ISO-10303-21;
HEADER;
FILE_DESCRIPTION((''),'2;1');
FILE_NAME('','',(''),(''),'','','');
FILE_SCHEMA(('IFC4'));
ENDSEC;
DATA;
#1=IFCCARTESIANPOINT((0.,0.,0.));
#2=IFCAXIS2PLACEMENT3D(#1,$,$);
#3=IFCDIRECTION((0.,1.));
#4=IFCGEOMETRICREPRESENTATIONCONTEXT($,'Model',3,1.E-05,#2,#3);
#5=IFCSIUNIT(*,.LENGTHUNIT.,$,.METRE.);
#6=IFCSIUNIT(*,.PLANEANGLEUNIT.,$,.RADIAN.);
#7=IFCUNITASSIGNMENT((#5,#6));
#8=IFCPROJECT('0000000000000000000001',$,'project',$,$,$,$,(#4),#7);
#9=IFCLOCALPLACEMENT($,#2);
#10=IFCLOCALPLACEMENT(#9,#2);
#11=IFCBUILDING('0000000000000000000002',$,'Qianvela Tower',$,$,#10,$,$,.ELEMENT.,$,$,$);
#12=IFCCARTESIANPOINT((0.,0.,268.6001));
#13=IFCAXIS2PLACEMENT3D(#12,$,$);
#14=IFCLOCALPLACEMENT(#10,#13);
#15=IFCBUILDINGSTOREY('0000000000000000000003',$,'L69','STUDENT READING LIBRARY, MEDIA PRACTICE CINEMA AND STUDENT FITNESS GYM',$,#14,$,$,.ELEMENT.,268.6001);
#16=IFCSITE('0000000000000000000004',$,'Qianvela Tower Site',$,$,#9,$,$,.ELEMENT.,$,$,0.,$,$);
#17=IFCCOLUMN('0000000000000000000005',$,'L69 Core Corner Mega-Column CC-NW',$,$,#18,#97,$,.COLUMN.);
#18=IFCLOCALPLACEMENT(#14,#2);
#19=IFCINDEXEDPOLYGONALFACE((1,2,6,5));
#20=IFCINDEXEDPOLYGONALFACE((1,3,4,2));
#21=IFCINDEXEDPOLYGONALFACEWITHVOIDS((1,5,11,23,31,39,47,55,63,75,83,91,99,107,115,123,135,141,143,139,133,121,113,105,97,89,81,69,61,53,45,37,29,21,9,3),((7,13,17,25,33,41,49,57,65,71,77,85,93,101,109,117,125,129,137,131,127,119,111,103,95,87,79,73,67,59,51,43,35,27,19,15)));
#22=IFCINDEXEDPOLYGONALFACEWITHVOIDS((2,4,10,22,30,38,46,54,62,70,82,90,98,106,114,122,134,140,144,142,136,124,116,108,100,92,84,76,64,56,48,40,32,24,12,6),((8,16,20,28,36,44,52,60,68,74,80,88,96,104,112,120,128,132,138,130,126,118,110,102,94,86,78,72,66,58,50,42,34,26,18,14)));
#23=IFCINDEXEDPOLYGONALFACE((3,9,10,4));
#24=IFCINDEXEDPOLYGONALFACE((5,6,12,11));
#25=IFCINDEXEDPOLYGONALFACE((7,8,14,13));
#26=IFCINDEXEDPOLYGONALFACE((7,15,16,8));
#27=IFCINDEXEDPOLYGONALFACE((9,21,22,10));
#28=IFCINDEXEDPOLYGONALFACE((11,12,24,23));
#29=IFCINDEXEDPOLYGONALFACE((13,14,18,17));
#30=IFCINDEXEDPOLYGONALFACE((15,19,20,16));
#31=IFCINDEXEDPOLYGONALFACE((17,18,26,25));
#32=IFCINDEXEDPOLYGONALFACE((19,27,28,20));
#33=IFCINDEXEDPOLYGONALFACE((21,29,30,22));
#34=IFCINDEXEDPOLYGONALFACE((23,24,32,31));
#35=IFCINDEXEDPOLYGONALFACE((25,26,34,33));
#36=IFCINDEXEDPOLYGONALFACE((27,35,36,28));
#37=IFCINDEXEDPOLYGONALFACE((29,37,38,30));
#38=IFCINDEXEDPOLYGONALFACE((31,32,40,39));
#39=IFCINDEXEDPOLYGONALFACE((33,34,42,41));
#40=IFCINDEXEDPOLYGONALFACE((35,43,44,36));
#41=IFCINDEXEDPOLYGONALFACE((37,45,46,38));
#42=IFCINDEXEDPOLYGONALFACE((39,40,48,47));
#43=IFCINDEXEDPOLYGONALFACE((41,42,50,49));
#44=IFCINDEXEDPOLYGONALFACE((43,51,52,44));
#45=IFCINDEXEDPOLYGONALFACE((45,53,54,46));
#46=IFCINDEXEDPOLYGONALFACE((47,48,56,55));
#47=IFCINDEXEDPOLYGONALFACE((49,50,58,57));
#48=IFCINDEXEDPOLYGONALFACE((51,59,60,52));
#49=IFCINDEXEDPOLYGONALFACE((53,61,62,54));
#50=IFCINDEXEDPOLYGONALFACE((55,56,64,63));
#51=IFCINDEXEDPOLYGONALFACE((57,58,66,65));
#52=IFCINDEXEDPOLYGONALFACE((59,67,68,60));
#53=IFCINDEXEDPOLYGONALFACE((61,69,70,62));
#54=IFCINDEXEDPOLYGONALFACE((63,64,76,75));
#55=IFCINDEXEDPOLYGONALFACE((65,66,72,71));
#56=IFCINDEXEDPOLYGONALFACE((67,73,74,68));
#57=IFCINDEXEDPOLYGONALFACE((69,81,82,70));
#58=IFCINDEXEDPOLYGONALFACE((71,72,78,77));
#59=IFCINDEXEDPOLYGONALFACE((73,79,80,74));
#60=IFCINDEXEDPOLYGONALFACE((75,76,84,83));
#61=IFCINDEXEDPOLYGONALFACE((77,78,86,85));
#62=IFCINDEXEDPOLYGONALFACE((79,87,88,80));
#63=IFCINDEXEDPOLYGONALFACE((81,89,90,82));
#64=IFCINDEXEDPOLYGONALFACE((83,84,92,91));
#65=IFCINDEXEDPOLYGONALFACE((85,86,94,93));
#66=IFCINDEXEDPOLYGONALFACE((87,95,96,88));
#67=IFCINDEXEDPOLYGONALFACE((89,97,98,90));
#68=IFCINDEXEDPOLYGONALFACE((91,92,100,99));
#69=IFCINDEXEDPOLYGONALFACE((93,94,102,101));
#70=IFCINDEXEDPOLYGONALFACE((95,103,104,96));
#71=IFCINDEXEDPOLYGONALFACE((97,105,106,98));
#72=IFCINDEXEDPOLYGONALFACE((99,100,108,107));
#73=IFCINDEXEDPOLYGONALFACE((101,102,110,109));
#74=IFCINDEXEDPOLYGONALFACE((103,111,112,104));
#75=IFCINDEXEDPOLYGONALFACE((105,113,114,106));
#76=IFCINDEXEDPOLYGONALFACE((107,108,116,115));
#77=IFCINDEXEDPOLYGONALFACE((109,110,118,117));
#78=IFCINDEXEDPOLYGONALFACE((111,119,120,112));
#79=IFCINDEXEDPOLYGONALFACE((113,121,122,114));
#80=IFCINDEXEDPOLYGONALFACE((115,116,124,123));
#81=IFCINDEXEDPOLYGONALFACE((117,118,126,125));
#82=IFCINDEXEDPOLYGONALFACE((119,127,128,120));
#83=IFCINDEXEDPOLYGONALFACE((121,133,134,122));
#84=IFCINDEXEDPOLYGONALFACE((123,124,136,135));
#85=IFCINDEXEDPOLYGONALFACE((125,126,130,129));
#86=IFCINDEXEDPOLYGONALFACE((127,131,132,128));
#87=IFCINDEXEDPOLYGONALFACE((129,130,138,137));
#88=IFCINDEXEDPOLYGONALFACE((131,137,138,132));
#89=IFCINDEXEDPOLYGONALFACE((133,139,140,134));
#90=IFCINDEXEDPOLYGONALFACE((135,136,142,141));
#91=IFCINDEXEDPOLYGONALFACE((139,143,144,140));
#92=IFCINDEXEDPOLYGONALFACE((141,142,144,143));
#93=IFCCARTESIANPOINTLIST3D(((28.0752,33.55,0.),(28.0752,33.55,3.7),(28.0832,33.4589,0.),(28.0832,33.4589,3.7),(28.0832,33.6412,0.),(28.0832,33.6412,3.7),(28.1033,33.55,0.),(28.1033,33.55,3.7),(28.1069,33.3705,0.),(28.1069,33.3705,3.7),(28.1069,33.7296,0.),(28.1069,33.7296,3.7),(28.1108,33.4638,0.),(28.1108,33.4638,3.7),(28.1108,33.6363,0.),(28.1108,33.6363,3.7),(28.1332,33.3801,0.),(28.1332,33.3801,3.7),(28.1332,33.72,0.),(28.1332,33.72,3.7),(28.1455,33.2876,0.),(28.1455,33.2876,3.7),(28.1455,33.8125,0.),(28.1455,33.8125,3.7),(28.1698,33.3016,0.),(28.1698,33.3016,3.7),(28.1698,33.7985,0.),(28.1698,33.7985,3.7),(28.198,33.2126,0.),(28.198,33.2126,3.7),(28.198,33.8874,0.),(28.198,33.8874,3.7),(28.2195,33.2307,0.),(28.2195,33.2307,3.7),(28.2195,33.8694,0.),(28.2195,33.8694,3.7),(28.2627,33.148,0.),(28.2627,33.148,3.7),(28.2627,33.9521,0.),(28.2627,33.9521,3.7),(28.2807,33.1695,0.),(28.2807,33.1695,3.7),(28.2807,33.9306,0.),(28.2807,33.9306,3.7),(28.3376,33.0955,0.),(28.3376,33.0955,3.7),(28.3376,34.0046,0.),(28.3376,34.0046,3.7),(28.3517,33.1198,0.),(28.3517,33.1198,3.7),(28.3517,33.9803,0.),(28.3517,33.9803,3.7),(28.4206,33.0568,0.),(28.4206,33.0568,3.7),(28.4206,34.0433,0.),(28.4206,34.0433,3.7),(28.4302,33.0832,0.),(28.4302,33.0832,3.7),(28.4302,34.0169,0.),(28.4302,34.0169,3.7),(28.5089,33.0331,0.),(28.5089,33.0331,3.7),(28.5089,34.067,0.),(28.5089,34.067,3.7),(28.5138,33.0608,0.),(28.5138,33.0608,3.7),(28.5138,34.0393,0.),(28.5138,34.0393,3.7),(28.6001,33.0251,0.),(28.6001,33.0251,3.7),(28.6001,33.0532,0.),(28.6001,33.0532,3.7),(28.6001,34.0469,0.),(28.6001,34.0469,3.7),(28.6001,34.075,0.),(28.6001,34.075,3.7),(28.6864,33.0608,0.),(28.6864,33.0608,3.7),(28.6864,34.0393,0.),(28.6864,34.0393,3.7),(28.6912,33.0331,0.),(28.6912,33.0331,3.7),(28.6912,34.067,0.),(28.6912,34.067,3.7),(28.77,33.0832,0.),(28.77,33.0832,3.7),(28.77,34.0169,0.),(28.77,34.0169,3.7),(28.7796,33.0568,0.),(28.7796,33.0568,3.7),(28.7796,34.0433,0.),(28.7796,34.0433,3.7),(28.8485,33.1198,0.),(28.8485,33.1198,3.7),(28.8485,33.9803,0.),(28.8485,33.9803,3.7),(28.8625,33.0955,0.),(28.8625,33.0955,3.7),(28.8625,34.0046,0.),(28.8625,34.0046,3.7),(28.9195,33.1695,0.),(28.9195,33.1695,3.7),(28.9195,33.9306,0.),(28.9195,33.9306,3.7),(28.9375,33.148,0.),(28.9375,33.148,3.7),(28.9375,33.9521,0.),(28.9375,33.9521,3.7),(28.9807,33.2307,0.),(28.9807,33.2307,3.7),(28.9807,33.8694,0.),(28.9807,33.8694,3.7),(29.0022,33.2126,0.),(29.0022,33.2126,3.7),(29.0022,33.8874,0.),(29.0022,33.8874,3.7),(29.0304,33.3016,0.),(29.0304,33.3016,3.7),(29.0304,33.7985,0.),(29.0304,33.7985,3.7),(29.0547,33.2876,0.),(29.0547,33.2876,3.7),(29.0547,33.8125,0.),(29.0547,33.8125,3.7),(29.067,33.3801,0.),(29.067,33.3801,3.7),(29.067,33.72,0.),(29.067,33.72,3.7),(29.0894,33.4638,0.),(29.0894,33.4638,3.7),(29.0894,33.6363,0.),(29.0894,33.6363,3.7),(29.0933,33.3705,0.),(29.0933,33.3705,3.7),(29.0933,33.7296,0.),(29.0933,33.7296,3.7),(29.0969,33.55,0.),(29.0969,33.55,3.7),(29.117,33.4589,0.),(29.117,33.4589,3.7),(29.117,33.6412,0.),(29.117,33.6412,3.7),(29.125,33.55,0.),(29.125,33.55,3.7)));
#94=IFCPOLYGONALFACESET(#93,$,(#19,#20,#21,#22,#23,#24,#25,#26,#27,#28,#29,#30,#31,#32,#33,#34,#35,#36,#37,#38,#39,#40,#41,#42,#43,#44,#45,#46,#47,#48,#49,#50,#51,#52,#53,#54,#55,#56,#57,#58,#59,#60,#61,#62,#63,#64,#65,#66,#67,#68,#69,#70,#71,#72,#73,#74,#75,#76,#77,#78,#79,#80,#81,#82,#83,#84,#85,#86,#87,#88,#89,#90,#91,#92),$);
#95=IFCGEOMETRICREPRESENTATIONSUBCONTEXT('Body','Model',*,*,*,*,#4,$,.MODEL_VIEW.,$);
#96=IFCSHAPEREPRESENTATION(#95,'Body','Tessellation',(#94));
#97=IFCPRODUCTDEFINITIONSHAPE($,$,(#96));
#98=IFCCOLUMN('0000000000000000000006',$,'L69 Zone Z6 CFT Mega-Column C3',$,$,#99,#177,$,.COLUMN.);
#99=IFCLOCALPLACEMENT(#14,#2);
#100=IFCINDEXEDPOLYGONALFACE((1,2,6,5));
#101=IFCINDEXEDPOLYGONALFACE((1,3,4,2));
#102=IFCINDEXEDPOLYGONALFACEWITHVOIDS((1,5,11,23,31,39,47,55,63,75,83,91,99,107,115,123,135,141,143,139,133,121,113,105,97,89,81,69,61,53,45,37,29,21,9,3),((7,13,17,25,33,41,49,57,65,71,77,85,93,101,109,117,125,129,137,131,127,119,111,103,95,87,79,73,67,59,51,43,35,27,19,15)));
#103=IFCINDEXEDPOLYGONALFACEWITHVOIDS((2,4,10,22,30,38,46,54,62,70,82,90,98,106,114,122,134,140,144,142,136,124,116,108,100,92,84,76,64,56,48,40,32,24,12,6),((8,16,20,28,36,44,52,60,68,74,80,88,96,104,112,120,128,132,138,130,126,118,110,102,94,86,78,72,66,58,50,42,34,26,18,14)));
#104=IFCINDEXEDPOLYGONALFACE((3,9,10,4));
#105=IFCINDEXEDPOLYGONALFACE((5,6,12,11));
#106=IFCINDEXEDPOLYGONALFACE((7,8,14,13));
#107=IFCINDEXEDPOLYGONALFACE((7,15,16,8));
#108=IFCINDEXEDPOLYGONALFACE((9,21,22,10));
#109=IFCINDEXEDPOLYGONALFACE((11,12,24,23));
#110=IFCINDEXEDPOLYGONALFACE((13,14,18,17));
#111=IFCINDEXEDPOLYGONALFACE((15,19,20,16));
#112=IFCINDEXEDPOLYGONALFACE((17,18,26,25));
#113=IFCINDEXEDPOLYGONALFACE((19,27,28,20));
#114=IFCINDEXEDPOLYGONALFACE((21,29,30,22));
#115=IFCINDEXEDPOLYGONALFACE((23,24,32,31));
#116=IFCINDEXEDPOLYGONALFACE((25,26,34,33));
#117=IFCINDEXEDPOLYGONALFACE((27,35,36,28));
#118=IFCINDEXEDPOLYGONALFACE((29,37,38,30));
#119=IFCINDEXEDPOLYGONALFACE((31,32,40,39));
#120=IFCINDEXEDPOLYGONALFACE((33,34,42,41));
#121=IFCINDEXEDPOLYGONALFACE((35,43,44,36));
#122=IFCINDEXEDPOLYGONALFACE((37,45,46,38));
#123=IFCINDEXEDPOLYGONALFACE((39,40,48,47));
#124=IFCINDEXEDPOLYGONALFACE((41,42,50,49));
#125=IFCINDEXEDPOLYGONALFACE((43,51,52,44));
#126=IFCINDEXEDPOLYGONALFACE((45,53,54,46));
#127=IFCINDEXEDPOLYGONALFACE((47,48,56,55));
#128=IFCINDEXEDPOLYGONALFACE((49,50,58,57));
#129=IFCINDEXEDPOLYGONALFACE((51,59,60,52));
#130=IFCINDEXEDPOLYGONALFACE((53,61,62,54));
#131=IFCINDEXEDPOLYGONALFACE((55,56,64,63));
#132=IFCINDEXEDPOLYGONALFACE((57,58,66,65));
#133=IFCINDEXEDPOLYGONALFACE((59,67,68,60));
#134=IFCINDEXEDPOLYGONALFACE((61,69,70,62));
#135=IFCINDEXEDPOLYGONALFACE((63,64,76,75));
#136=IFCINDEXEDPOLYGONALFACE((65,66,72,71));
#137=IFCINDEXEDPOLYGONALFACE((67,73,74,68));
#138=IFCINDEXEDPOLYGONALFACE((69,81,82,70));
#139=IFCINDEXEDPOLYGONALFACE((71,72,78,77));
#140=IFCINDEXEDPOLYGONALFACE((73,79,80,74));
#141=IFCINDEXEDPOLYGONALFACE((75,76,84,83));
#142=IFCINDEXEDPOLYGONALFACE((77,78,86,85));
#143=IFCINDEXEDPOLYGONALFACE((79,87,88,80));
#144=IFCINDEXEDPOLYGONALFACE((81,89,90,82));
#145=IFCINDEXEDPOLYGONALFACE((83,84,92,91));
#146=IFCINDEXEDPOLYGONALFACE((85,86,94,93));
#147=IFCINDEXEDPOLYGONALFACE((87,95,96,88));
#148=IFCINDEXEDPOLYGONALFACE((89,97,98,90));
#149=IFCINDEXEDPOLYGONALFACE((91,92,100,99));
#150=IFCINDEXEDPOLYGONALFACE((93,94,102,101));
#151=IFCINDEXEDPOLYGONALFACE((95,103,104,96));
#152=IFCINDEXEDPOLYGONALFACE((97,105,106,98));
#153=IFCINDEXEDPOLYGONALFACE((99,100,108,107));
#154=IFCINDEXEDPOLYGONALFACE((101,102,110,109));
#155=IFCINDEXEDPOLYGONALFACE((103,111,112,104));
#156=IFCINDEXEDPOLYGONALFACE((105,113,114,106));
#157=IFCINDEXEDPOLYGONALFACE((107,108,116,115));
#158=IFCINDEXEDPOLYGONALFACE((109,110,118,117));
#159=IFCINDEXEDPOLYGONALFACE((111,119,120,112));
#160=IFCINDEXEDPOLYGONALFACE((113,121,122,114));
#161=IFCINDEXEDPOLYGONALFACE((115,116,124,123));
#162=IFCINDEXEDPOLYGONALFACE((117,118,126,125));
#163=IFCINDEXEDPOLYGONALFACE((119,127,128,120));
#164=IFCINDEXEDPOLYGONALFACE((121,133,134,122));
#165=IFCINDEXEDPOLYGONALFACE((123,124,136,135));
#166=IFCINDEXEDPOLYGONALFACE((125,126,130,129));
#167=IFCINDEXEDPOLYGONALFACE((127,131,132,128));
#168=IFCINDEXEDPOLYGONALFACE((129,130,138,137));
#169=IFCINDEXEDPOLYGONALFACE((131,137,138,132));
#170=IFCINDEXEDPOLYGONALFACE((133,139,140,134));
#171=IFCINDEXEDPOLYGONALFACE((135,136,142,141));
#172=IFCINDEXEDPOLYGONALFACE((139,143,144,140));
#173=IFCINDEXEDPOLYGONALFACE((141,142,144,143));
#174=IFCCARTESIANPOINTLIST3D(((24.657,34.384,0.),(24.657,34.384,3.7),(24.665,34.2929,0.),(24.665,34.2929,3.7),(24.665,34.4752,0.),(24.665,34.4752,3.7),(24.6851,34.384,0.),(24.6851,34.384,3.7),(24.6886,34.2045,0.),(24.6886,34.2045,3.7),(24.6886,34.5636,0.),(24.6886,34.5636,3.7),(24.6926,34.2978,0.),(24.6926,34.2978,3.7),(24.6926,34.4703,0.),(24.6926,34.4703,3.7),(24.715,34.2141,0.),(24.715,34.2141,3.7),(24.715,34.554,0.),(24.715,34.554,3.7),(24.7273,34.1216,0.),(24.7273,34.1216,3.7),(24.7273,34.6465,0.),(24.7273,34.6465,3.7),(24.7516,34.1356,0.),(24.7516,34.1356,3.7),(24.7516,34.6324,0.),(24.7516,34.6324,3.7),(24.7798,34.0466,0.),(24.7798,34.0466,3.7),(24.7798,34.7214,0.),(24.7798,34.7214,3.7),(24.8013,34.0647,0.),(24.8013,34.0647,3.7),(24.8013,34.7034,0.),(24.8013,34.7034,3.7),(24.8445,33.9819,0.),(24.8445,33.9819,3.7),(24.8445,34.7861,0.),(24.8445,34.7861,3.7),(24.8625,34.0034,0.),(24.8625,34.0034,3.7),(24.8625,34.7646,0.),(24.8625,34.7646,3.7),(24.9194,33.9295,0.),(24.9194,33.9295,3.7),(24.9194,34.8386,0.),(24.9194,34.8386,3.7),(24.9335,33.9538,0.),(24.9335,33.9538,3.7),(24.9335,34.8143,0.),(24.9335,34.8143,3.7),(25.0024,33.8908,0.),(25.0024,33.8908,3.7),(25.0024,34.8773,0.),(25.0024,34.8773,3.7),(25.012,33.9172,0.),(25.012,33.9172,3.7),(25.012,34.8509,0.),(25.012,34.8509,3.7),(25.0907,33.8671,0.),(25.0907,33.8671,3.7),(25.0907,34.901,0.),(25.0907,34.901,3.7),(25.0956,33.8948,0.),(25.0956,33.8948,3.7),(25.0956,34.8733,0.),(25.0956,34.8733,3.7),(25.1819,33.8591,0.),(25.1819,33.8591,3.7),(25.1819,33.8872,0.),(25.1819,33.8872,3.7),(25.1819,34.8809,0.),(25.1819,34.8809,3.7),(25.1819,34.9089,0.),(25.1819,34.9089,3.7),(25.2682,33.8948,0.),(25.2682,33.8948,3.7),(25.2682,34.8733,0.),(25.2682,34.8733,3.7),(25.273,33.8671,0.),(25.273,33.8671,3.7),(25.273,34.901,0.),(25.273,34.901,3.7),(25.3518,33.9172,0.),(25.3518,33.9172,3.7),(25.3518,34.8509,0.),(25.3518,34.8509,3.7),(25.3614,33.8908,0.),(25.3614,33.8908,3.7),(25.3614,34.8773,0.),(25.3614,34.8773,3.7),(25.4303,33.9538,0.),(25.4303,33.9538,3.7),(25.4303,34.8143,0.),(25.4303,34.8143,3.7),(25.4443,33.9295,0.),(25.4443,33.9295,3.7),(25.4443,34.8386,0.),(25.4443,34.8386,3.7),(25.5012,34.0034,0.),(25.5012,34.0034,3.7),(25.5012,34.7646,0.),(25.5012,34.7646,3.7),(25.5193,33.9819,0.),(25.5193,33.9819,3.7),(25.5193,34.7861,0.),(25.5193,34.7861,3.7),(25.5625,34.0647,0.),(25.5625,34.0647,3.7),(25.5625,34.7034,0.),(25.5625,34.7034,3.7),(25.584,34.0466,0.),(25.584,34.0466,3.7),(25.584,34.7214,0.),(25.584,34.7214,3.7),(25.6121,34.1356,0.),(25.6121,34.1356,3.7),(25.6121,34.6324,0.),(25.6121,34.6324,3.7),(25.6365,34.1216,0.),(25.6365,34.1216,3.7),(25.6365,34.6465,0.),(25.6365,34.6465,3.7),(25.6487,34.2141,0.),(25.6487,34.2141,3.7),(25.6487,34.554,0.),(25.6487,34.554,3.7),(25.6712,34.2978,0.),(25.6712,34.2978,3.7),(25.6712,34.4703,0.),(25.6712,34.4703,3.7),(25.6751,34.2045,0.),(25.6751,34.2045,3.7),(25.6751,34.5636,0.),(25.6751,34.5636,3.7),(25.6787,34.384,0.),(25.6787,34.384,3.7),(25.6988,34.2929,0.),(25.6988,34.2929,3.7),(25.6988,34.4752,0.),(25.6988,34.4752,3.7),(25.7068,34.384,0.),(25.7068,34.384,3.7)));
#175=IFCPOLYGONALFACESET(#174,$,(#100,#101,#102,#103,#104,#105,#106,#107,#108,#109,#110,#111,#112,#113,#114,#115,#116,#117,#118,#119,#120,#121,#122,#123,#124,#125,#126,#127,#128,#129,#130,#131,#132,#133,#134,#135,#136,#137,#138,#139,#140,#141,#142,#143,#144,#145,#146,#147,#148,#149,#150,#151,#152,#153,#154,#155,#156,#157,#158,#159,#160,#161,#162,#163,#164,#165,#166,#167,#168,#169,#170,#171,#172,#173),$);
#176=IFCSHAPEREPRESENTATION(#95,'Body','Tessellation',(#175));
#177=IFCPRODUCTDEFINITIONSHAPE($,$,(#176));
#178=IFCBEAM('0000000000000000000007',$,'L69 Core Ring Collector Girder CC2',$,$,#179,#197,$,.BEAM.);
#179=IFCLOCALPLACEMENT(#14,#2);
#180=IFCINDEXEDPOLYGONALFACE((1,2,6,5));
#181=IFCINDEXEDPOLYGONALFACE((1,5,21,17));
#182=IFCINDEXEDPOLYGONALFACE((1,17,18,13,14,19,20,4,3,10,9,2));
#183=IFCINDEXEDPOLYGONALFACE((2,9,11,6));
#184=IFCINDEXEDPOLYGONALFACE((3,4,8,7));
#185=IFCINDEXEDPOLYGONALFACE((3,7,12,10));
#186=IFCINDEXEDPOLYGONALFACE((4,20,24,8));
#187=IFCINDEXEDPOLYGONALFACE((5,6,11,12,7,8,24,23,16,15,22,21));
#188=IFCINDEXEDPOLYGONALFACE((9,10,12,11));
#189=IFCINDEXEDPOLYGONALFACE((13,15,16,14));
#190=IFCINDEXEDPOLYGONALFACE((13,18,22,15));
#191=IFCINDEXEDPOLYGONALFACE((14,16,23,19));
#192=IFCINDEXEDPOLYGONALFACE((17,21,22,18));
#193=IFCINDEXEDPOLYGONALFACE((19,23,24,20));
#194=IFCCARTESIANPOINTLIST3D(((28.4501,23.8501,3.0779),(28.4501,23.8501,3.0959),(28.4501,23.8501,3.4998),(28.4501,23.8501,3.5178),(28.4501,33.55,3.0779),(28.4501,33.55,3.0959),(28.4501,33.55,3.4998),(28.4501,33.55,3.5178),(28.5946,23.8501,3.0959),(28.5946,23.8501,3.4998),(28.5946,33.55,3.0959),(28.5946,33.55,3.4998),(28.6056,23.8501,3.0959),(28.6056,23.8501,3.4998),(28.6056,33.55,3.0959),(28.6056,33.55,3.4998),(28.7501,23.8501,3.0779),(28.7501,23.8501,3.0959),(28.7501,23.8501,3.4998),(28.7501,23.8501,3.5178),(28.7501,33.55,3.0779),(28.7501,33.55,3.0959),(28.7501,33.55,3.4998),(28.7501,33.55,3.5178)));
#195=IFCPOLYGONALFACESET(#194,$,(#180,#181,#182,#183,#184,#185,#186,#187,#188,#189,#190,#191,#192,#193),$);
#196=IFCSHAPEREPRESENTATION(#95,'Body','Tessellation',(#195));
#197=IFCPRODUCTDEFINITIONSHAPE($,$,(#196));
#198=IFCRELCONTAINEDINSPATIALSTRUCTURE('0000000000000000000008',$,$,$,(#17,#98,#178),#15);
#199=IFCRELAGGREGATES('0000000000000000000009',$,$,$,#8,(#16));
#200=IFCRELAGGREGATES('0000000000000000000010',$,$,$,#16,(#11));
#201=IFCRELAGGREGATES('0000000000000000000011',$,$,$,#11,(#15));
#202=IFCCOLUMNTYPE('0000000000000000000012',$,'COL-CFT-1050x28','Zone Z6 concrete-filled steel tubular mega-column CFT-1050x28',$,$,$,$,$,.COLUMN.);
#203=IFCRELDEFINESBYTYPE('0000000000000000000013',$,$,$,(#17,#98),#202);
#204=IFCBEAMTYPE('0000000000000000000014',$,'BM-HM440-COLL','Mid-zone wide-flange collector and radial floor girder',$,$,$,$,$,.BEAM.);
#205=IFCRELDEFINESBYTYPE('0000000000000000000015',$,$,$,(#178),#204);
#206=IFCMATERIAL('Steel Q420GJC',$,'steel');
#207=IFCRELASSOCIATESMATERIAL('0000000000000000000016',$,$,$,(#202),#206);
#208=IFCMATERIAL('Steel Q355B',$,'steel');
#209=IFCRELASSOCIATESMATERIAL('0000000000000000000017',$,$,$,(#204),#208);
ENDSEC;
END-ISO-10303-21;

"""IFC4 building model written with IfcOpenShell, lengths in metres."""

from ifc_helpers import new_model, si_unit, direction, frame, origin, origin_2d, place, context, subcontext, project, spatial, hollow_circle, i_section, extrude, material, material_profile, profile_set, type_object, element, save


model = new_model("IFC4")

# Units and contexts
model_context = context("Model", 3, precision=1e-05, world=origin(), true_north=direction((0.0, 1.0)))
body_context = subcontext(model_context, "Body", "Model", "MODEL_VIEW")
ifc_project = project(units=[si_unit("LENGTHUNIT", "METRE"), si_unit("PLANEANGLEUNIT", "RADIAN")], contexts=[model_context])

# Site, building, storey
site_placement = place(None, origin())
site = spatial("IfcSite", under=ifc_project, at=site_placement, Name="Qianvela Tower Site", CompositionType="ELEMENT", RefElevation=0.0)
building_placement = place(site_placement, origin())
building = spatial("IfcBuilding", under=site, at=building_placement, Name="Qianvela Tower", CompositionType="ELEMENT")
storey_placement = place(building_placement, frame((0.0, 0.0, 268.6001)))
storey = spatial("IfcBuildingStorey", under=building, at=storey_placement, Name="L69", Description="STUDENT READING LIBRARY, MEDIA PRACTICE CINEMA AND STUDENT FITNESS GYM", CompositionType="ELEMENT", Elevation=268.6001)

# Columns
ifc_material_1 = material(Name="Steel Q420GJC", Category="steel")
ifc_material_profile_1 = material_profile(ifc_material_1, hollow_circle(Radius=0.5249, WallThickness=0.0281, at=origin_2d()), Name="CFT-1050x28")
ifc_profile_set_1 = profile_set([ifc_material_profile_1], Name="Steel Q420GJC")
column_type = type_object("IfcColumnType", Name="COL-CFT-1050x28", Description="Zone Z6 concrete-filled steel tubular mega-column CFT-1050x28", PredefinedType="COLUMN", material=ifc_profile_set_1)
for number, where, z_axis, x_axis, name in (
    (1, (28.6001, 33.55, 0.0), (0.0, 0.0, 1.0), (1.0, 0.0, 0.0), "L69 Core Corner Mega-Column CC-NW"),
    (2, (25.1819, 34.384, 0.0), (0.0, 0.0, 1.0), (1.0, 0.0, 0.0), "L69 Zone Z6 CFT Mega-Column C3"),
):
    element("IfcColumn", number, at=place(storey_placement, frame(where, z_axis=z_axis, x_axis=x_axis)), inside=storey, type_object=column_type, Name=name, PredefinedType="COLUMN", context=body_context, shape_type="SweptSolid", body=[
        extrude(hollow_circle(Radius=0.5249, WallThickness=0.0281, at=origin_2d()), origin(), (0.0, 0.0, 1.0), 3.7),
    ])

# Beam
ifc_material_2 = material(Name="Steel Q355B", Category="steel")
ifc_material_profile_2 = material_profile(ifc_material_2, i_section(OverallWidth=0.3, OverallDepth=0.4399, WebThickness=0.011, FlangeThickness=0.0181, at=origin_2d()), Name="HM440x300x11x18")
ifc_profile_set_2 = profile_set([ifc_material_profile_2], Name="Steel Q355B")
beam_type_1 = type_object("IfcBeamType", Name="BM-HM440-COLL", Description="Mid-zone wide-flange collector and radial floor girder", PredefinedType="BEAM", material=ifc_profile_set_2)
beam_1_placement = place(storey_placement, frame((28.6001, 33.55, 3.2979), z_axis=(0.0, -1.0, 0.0), x_axis=(1.0, 0.0, 0.0)))
element("IfcBeam", 3, at=beam_1_placement, inside=storey, type_object=beam_type_1, Name="L69 Core Ring Collector Girder CC2", PredefinedType="BEAM", context=body_context, shape_type="SweptSolid", body=[
    extrude(i_section(OverallWidth=0.3, OverallDepth=0.4399, WebThickness=0.011, FlangeThickness=0.0181, at=origin_2d()), origin(), (0.0, 0.0, 1.0), 9.7),
])

save(model, "model.ifc")
